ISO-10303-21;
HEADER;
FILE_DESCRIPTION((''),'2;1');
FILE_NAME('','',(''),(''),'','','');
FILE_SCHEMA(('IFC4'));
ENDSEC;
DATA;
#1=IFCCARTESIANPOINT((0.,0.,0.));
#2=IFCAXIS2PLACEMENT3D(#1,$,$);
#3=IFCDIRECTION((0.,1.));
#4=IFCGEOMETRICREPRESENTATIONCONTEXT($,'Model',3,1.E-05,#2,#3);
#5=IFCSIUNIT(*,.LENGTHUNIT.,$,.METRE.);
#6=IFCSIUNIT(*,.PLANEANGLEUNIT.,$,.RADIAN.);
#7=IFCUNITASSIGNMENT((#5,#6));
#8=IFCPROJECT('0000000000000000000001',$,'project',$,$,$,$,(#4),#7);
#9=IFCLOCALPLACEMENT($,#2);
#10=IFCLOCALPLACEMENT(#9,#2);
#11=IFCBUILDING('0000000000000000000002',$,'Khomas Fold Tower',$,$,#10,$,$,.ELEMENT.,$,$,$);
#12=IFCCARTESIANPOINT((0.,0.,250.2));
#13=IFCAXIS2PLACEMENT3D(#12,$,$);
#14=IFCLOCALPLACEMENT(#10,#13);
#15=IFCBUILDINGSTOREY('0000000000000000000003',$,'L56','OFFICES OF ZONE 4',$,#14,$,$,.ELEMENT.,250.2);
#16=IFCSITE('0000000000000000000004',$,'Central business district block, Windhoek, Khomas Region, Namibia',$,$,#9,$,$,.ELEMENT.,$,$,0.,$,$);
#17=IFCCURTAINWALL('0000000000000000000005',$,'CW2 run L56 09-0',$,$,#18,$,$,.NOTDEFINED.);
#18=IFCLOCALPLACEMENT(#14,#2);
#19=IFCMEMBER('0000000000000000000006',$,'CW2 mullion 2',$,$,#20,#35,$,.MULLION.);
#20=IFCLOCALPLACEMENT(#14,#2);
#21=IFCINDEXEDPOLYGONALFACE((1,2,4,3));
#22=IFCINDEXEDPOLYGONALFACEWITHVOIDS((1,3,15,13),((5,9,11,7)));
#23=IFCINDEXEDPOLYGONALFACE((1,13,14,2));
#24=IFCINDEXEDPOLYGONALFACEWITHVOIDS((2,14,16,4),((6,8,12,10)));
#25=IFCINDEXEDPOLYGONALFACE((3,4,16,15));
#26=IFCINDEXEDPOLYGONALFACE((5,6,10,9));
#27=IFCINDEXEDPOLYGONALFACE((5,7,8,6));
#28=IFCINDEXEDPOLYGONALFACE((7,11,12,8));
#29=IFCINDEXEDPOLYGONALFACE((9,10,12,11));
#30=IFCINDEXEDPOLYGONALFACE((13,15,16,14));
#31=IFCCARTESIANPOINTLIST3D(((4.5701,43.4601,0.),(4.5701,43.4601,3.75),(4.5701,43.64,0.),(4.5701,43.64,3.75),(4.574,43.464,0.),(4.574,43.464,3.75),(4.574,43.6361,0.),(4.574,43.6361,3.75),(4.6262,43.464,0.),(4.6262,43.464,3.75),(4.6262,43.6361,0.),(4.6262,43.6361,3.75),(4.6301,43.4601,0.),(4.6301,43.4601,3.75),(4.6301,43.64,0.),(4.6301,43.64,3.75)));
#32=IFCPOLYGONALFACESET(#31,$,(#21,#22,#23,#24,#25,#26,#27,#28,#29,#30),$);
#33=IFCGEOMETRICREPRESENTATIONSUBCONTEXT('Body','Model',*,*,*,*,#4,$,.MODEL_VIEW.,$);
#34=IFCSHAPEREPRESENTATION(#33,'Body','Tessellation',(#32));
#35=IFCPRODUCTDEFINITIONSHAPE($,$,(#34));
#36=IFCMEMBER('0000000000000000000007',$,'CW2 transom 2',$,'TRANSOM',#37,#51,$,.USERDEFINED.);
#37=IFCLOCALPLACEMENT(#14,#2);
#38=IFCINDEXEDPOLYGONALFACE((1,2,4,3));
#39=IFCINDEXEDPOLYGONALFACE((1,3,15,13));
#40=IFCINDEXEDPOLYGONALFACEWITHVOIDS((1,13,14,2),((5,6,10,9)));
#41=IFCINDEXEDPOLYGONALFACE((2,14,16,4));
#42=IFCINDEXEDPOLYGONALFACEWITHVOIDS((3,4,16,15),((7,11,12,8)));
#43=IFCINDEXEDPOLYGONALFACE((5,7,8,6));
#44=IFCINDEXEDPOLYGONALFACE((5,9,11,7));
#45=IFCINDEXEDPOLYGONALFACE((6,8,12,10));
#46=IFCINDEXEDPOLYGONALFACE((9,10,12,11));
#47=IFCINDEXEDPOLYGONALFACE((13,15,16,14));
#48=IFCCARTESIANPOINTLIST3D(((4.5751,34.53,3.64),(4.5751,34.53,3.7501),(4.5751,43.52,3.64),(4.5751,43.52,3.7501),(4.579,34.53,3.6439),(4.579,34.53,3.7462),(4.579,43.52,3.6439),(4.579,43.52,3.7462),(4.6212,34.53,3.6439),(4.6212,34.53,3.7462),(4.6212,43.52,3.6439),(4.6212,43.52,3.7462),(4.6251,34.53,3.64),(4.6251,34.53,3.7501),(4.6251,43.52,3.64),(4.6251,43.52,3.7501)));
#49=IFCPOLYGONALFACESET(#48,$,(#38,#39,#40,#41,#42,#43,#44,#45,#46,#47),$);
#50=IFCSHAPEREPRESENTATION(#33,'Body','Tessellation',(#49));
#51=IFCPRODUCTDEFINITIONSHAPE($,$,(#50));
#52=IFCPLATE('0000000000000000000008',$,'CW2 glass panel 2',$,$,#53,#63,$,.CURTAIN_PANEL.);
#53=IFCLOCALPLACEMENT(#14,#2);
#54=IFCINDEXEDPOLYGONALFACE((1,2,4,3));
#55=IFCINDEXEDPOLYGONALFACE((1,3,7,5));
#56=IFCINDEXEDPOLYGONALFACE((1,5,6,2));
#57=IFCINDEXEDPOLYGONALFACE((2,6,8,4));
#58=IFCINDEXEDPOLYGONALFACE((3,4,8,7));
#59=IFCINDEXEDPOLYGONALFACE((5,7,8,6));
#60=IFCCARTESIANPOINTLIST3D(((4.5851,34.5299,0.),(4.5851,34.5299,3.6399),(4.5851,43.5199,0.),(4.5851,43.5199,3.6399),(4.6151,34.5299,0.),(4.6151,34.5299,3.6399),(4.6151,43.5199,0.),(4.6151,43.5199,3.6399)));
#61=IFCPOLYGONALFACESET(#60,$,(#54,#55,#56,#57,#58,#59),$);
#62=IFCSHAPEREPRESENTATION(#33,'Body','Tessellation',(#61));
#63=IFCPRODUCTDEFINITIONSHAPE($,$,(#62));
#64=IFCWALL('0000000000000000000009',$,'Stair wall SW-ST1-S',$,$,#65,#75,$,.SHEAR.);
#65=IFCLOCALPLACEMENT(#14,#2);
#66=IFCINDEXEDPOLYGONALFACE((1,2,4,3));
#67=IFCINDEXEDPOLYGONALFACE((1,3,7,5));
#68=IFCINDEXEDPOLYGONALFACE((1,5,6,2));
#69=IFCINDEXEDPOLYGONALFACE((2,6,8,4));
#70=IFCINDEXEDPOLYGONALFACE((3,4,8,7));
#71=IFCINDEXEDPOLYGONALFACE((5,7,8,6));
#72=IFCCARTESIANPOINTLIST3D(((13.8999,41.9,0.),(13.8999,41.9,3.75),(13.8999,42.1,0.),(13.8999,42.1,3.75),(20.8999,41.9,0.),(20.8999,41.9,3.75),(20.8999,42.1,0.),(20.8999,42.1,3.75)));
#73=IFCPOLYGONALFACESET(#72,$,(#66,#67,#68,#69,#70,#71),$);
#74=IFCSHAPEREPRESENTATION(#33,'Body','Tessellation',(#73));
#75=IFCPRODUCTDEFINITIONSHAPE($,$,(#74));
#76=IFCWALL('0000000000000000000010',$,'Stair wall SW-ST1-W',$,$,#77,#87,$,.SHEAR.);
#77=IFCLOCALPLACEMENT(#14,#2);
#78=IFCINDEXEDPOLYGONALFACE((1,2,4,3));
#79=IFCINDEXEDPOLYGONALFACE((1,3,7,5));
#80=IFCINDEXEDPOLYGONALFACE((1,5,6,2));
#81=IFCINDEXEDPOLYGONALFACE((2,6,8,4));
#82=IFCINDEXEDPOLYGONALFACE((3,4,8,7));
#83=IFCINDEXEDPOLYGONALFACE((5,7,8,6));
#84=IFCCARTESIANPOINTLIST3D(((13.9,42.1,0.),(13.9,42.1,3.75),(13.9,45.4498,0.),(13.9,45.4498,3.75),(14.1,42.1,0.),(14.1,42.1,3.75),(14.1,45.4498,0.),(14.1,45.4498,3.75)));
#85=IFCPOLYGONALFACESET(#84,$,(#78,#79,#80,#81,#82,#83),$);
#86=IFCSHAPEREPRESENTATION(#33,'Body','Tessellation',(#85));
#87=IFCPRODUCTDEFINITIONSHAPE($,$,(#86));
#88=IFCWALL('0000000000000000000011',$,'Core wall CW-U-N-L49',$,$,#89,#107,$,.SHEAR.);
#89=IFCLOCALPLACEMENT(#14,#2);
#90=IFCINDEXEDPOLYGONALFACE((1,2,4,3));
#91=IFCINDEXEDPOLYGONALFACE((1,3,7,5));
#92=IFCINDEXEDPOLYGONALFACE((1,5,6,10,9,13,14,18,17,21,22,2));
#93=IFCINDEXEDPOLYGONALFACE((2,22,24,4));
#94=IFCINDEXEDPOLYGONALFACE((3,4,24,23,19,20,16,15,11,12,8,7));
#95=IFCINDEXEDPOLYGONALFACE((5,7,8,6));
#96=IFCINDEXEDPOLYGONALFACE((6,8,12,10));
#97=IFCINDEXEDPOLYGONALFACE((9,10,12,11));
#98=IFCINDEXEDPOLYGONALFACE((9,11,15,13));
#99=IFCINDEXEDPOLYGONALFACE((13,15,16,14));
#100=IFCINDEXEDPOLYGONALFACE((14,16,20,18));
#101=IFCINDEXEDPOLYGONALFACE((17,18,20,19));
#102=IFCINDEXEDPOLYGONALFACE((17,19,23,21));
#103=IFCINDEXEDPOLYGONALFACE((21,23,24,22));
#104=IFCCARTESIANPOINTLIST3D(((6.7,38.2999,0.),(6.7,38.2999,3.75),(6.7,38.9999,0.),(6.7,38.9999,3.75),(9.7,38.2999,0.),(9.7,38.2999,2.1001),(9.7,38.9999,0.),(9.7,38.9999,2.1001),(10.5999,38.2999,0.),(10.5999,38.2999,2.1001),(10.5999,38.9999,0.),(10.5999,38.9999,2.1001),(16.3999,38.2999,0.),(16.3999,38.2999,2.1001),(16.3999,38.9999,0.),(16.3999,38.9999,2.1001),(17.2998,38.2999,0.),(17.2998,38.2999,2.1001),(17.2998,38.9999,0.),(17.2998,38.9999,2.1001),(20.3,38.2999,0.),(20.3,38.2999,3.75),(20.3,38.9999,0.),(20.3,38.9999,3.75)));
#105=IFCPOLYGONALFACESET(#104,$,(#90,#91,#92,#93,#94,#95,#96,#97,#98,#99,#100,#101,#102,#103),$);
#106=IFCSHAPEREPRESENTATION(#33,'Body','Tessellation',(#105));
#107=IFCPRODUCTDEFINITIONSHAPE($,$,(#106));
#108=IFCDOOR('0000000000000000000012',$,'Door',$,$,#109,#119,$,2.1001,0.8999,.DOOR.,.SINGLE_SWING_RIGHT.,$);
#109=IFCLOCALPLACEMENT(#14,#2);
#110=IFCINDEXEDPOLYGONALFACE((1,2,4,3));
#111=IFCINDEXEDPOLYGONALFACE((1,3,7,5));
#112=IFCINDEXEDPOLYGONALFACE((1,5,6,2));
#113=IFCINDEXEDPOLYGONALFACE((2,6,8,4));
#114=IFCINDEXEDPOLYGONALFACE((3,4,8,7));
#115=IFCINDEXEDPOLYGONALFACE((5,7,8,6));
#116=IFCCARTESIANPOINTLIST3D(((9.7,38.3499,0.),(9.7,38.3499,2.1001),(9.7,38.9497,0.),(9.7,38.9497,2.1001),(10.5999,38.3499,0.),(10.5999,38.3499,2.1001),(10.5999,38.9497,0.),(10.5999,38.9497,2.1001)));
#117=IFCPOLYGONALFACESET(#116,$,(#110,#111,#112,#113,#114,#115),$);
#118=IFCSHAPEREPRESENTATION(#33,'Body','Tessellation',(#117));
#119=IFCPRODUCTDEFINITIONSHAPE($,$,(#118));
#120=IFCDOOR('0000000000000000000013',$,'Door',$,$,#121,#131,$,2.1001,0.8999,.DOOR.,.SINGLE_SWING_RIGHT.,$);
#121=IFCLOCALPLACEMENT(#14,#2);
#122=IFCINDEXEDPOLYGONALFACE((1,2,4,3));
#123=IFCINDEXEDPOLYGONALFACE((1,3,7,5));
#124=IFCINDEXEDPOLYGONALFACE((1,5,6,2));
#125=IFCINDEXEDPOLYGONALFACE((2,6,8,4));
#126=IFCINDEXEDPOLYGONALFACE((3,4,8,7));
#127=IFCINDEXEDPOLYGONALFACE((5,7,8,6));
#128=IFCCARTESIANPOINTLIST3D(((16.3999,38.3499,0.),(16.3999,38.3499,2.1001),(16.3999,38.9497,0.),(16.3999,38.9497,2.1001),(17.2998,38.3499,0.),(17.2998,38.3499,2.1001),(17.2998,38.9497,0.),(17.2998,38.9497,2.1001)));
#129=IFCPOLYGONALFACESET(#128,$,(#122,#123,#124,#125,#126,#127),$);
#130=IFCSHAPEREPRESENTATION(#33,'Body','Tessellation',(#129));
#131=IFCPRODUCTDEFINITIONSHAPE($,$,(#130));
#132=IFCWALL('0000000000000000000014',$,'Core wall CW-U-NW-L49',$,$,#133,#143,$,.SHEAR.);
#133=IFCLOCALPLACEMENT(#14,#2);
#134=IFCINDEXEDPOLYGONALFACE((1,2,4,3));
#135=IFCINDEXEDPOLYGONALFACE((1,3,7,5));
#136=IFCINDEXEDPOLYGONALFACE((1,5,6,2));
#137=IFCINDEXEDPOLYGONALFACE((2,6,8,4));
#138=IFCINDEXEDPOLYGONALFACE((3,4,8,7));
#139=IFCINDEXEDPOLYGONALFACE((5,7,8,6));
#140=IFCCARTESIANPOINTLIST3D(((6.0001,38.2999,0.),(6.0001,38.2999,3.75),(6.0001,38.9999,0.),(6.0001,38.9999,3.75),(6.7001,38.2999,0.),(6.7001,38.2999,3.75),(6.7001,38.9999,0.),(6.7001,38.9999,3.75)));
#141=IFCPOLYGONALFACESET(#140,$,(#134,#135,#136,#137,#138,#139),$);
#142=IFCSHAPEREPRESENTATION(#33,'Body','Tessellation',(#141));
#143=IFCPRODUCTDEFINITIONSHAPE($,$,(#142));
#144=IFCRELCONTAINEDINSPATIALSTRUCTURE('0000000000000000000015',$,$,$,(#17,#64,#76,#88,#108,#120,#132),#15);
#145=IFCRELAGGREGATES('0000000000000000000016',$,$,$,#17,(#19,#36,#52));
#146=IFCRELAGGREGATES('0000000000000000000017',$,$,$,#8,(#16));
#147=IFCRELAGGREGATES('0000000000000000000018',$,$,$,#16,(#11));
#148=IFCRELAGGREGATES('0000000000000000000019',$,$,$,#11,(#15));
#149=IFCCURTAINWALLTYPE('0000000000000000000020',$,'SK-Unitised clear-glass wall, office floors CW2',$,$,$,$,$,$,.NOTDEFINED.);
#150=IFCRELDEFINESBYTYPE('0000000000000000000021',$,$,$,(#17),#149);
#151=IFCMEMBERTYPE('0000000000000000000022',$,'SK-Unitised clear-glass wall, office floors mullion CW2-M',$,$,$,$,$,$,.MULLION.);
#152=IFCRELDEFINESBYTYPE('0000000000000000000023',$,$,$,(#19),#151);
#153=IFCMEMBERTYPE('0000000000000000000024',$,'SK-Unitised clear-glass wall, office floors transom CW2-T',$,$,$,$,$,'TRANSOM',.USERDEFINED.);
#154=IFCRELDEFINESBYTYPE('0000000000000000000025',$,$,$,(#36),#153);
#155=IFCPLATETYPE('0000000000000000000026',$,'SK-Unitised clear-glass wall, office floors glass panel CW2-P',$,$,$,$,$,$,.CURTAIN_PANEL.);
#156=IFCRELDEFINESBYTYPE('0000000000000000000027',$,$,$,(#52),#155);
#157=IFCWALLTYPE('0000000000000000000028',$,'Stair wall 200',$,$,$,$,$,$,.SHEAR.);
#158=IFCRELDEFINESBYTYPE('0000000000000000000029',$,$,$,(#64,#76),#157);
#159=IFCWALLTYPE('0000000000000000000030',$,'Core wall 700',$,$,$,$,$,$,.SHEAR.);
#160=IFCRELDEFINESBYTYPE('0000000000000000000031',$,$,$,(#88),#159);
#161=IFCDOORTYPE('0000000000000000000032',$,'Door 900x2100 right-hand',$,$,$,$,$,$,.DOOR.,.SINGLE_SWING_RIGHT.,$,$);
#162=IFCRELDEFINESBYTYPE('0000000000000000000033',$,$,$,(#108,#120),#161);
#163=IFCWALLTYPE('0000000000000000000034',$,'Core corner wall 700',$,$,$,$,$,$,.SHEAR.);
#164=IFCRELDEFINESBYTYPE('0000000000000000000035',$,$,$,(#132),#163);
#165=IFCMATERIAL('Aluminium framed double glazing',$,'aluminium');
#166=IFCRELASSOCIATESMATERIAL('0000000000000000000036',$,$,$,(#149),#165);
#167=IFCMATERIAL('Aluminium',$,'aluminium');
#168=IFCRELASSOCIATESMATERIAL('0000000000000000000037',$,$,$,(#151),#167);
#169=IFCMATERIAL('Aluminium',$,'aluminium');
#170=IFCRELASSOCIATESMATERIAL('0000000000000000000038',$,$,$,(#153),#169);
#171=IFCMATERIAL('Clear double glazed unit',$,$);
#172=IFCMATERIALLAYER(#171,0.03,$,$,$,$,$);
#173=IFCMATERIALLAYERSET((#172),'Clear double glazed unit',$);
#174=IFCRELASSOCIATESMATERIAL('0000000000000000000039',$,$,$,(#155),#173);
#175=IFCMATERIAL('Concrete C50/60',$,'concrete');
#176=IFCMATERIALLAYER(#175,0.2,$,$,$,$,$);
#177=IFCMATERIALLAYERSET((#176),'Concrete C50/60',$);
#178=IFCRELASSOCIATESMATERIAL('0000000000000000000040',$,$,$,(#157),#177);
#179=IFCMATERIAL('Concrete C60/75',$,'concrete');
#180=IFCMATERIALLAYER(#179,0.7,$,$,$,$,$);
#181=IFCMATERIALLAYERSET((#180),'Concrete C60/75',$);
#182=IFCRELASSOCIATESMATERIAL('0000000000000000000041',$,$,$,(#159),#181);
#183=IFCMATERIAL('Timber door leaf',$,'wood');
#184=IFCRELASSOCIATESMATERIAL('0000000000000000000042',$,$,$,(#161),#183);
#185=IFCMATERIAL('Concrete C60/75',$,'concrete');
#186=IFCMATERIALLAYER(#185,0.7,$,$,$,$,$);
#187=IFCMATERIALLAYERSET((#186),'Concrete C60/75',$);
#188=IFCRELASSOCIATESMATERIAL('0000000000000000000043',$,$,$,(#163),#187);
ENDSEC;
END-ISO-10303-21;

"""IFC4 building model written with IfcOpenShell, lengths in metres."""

from ifc_helpers import new_model, si_unit, direction, frame, frame_2d, origin, origin_2d, place, context, subcontext, project, spatial, rectangle, hollow_rectangle, extrude, source, transform, mapped, material, layer, layer_set, material_profile, profile_set, type_object, element, fill, aggregate, save


model = new_model("IFC4")

# Units and contexts
model_context = context("Model", 3, precision=1e-05, world=origin(), true_north=direction((0.0, 1.0)))
body_context = subcontext(model_context, "Body", "Model", "MODEL_VIEW")
ifc_project = project(units=[si_unit("LENGTHUNIT", "METRE"), si_unit("PLANEANGLEUNIT", "RADIAN")], contexts=[model_context])

# Site, building, storey
site_placement = place(None, origin())
site = spatial("IfcSite", under=ifc_project, at=site_placement, Name="Central business district block, Windhoek, Khomas Region, Namibia", CompositionType="ELEMENT", RefElevation=0.0)
building_placement = place(site_placement, origin())
building = spatial("IfcBuilding", under=site, at=building_placement, Name="Khomas Fold Tower", CompositionType="ELEMENT")
storey_placement = place(building_placement, frame((0.0, 0.0, 250.2)))
storey = spatial("IfcBuildingStorey", under=building, at=storey_placement, Name="L56", Description="OFFICES OF ZONE 4", CompositionType="ELEMENT", Elevation=250.2)

# Curtain wall, members, plate
ifc_material_1 = material(Name="Aluminium framed double glazing", Category="aluminium")
curtain_wall_type = type_object("IfcCurtainWallType", Name="SK-Unitised clear-glass wall, office floors CW2", PredefinedType="NOTDEFINED", material=ifc_material_1)
curtain_wall_placement = place(storey_placement, origin())
curtain_wall = element("IfcCurtainWall", 1, at=curtain_wall_placement, inside=storey, type_object=curtain_wall_type, Name="CW2 run L56 09-0", PredefinedType="NOTDEFINED")
ifc_material_2 = material(Name="Aluminium", Category="aluminium")
ifc_material_profile_1 = material_profile(ifc_material_2, hollow_rectangle(XDim=0.0601, YDim=0.1799, WallThickness=0.0039, at=origin_2d()), Name="SK-Unitised clear-glass wall, office floors mullion CW2-M")
ifc_profile_set_1 = profile_set([ifc_material_profile_1], Name="Aluminium")
member_type_1 = type_object("IfcMemberType", Name="SK-Unitised clear-glass wall, office floors mullion CW2-M", PredefinedType="MULLION", material=ifc_profile_set_1)
shared_shape_1 = source(origin(), body_context, "Body", "SweptSolid", [
    extrude(hollow_rectangle(XDim=0.0601, YDim=0.1799, WallThickness=0.0039, at=origin_2d()), origin(), (0.0, 0.0, 1.0), 3.75),
])
member_1_placement = place(storey_placement, frame((4.6001, 43.55, 0.0), z_axis=(0.0, 0.0, 1.0), x_axis=(1.0, 0.0, 0.0)))
member_1 = element("IfcMember", 2, at=member_1_placement, type_object=member_type_1, Name="CW2 mullion 2", PredefinedType="MULLION", context=body_context, shape_type="MappedRepresentation", body=[
    mapped(shared_shape_1, transform((0.0, 0.0, 0.0))),
])
ifc_material_3 = material(Name="Aluminium", Category="aluminium")
ifc_material_profile_2 = material_profile(ifc_material_3, hollow_rectangle(XDim=0.05, YDim=0.1101, WallThickness=0.0039, at=origin_2d()), Name="SK-Unitised clear-glass wall, office floors transom CW2-T")
ifc_profile_set_2 = profile_set([ifc_material_profile_2], Name="Aluminium")
member_type_2 = type_object("IfcMemberType", Name="SK-Unitised clear-glass wall, office floors transom CW2-T", ElementType="TRANSOM", PredefinedType="USERDEFINED", material=ifc_profile_set_2)
shared_shape_2 = source(origin(), body_context, "Body", "SweptSolid", [
    extrude(hollow_rectangle(XDim=0.05, YDim=0.1101, WallThickness=0.0039, at=origin_2d()), origin(), (0.0, 0.0, 1.0), 8.99),
])
member_2_placement = place(storey_placement, frame((4.6001, 43.52, 3.6951), z_axis=(0.0, -1.0, 0.0), x_axis=(1.0, 0.0, 0.0)))
member_2 = element("IfcMember", 3, at=member_2_placement, type_object=member_type_2, Name="CW2 transom 2", ObjectType="TRANSOM", PredefinedType="USERDEFINED", context=body_context, shape_type="MappedRepresentation", body=[
    mapped(shared_shape_2, transform((0.0, 0.0, 0.0))),
])
ifc_material_4 = material(Name="Clear double glazed unit")
ifc_layer_1 = layer(ifc_material_4, 0.03)
ifc_layer_set_1 = layer_set([ifc_layer_1], Name="Clear double glazed unit")
plate_type = type_object("IfcPlateType", Name="SK-Unitised clear-glass wall, office floors glass panel CW2-P", PredefinedType="CURTAIN_PANEL", material=ifc_layer_set_1)
shared_shape_3 = source(origin(), body_context, "Body", "SweptSolid", [
    extrude(rectangle(XDim=8.99, YDim=0.03, at=origin_2d()), origin(), (0.0, 0.0, 1.0), 3.6399),
])
plate_placement = place(storey_placement, frame((4.6001, 39.0249, 0.0), z_axis=(0.0, 0.0, 1.0), x_axis=(0.0, -1.0, 0.0)))
plate = element("IfcPlate", 4, at=plate_placement, type_object=plate_type, Name="CW2 glass panel 2", PredefinedType="CURTAIN_PANEL", context=body_context, shape_type="MappedRepresentation", body=[
    mapped(shared_shape_3, transform((0.0, 0.0, 0.0))),
])
aggregate(curtain_wall, [member_1, member_2, plate])

# Walls
ifc_material_5 = material(Name="Concrete C50/60", Category="concrete")
ifc_layer_2 = layer(ifc_material_5, 0.2)
ifc_layer_set_2 = layer_set([ifc_layer_2], Name="Concrete C50/60")
wall_type_1 = type_object("IfcWallType", Name="Stair wall 200", PredefinedType="SHEAR", material=ifc_layer_set_2)
shared_shape_4 = source(origin(), body_context, "Body", "SweptSolid", [
    extrude(rectangle(XDim=7.0, YDim=0.2, at=frame_2d((3.5, 0.0))), origin(), (0.0, 0.0, 1.0), 3.75),
])
wall_1_placement = place(storey_placement, frame((13.8999, 42.0, 0.0), z_axis=(0.0, 0.0, 1.0), x_axis=(1.0, 0.0, 0.0)))
element("IfcWall", 5, at=wall_1_placement, inside=storey, type_object=wall_type_1, Name="Stair wall SW-ST1-S", PredefinedType="SHEAR", context=body_context, shape_type="MappedRepresentation", body=[
    mapped(shared_shape_4, transform((0.0, 0.0, 0.0))),
])
shared_shape_5 = source(origin(), body_context, "Body", "SweptSolid", [
    extrude(rectangle(XDim=3.3499, YDim=0.2, at=frame_2d((1.6748, 0.0))), origin(), (0.0, 0.0, 1.0), 3.75),
])
wall_2_placement = place(storey_placement, frame((14.0, 42.1001, 0.0), z_axis=(0.0, 0.0, 1.0), x_axis=(0.0, 1.0, 0.0)))
element("IfcWall", 6, at=wall_2_placement, inside=storey, type_object=wall_type_1, Name="Stair wall SW-ST1-W", PredefinedType="SHEAR", context=body_context, shape_type="MappedRepresentation", body=[
    mapped(shared_shape_5, transform((0.0, 0.0, 0.0))),
])

# Wall, openings, doors
ifc_material_6 = material(Name="Concrete C60/75", Category="concrete")
ifc_layer_3 = layer(ifc_material_6, 0.7)
ifc_layer_set_3 = layer_set([ifc_layer_3], Name="Concrete C60/75")
wall_type_2 = type_object("IfcWallType", Name="Core wall 700", PredefinedType="SHEAR", material=ifc_layer_set_3)
shared_shape_6 = source(origin(), body_context, "Body", "SweptSolid", [
    extrude(rectangle(XDim=13.6001, YDim=0.7, at=frame_2d((6.8, 0.0))), origin(), (0.0, 0.0, 1.0), 3.75),
])
wall_3_placement = place(storey_placement, frame((6.7, 38.6499, 0.0), z_axis=(0.0, 0.0, 1.0), x_axis=(1.0, 0.0, 0.0)))
wall_3 = element("IfcWall", 7, at=wall_3_placement, inside=storey, type_object=wall_type_2, Name="Core wall CW-U-N-L49", PredefinedType="SHEAR", context=body_context, shape_type="MappedRepresentation", body=[
    mapped(shared_shape_6, transform((0.0, 0.0, 0.0))),
])
shared_shape_7 = source(origin(), body_context, "Body", "SweptSolid", [
    extrude(rectangle(XDim=0.8999, YDim=2.1001, at=frame_2d((0.45, 1.05))), frame((0.0, 0.3599, 0.0), z_axis=(0.0, -1.0, 0.0), x_axis=(1.0, 0.0, 0.0)), (0.0, 0.0, 1.0), 0.72),
])
opening_1_placement = place(wall_3_placement, frame((3.0, 0.0, 0.0)))
opening_1 = element("IfcOpeningElement", 8, at=opening_1_placement, cuts=wall_3, PredefinedType="OPENING", context=body_context, shape_type="MappedRepresentation", body=[
    mapped(shared_shape_7, transform((0.0, 0.0, 0.0))),
])
opening_2_placement = place(wall_3_placement, frame((9.7, 0.0, 0.0)))
opening_2 = element("IfcOpeningElement", 9, at=opening_2_placement, cuts=wall_3, PredefinedType="OPENING", context=body_context, shape_type="MappedRepresentation", body=[
    mapped(shared_shape_7, transform((0.0, 0.0, 0.0))),
])
ifc_material_7 = material(Name="Timber door leaf", Category="wood")
door_type = type_object("IfcDoorType", Name="Door 900x2100 right-hand", OperationType="SINGLE_SWING_RIGHT", PredefinedType="DOOR", material=ifc_material_7)
shared_shape_8 = source(origin(), body_context, "Body", "SweptSolid", [
    extrude(rectangle(XDim=0.8999, YDim=2.1001, at=frame_2d((0.45, 1.05))), frame((0.0, 0.2998, 0.0), z_axis=(0.0, -1.0, 0.0), x_axis=(1.0, 0.0, 0.0)), (0.0, 0.0, 1.0), 0.5999),
])
door_1_placement = place(opening_1_placement, origin())
door_1 = element("IfcDoor", 10, at=door_1_placement, inside=storey, type_object=door_type, Name="Door", OperationType="SINGLE_SWING_RIGHT", OverallHeight=2.1001, OverallWidth=0.8999, PredefinedType="DOOR", context=body_context, shape_type="MappedRepresentation", body=[
    mapped(shared_shape_8, transform((0.0, 0.0, 0.0))),
])
fill(opening_1, door_1)
door_2_placement = place(opening_2_placement, origin())
door_2 = element("IfcDoor", 11, at=door_2_placement, inside=storey, type_object=door_type, Name="Door", OperationType="SINGLE_SWING_RIGHT", OverallHeight=2.1001, OverallWidth=0.8999, PredefinedType="DOOR", context=body_context, shape_type="MappedRepresentation", body=[
    mapped(shared_shape_8, transform((0.0, 0.0, 0.0))),
])
fill(opening_2, door_2)

# Wall
ifc_material_8 = material(Name="Concrete C60/75", Category="concrete")
ifc_layer_4 = layer(ifc_material_8, 0.7)
ifc_layer_set_4 = layer_set([ifc_layer_4], Name="Concrete C60/75")
wall_type_3 = type_object("IfcWallType", Name="Core corner wall 700", PredefinedType="SHEAR", material=ifc_layer_set_4)
shared_shape_9 = source(origin(), body_context, "Body", "SweptSolid", [
    extrude(rectangle(XDim=0.7, YDim=0.7, at=frame_2d((0.3501, 0.0))), origin(), (0.0, 0.0, 1.0), 3.75),
])
wall_4_placement = place(storey_placement, frame((6.0, 38.6499, 0.0), z_axis=(0.0, 0.0, 1.0), x_axis=(1.0, 0.0, 0.0)))
element("IfcWall", 12, at=wall_4_placement, inside=storey, type_object=wall_type_3, Name="Core wall CW-U-NW-L49", PredefinedType="SHEAR", context=body_context, shape_type="MappedRepresentation", body=[
    mapped(shared_shape_9, transform((0.0, 0.0, 0.0))),
])

save(model, "model.ifc")
